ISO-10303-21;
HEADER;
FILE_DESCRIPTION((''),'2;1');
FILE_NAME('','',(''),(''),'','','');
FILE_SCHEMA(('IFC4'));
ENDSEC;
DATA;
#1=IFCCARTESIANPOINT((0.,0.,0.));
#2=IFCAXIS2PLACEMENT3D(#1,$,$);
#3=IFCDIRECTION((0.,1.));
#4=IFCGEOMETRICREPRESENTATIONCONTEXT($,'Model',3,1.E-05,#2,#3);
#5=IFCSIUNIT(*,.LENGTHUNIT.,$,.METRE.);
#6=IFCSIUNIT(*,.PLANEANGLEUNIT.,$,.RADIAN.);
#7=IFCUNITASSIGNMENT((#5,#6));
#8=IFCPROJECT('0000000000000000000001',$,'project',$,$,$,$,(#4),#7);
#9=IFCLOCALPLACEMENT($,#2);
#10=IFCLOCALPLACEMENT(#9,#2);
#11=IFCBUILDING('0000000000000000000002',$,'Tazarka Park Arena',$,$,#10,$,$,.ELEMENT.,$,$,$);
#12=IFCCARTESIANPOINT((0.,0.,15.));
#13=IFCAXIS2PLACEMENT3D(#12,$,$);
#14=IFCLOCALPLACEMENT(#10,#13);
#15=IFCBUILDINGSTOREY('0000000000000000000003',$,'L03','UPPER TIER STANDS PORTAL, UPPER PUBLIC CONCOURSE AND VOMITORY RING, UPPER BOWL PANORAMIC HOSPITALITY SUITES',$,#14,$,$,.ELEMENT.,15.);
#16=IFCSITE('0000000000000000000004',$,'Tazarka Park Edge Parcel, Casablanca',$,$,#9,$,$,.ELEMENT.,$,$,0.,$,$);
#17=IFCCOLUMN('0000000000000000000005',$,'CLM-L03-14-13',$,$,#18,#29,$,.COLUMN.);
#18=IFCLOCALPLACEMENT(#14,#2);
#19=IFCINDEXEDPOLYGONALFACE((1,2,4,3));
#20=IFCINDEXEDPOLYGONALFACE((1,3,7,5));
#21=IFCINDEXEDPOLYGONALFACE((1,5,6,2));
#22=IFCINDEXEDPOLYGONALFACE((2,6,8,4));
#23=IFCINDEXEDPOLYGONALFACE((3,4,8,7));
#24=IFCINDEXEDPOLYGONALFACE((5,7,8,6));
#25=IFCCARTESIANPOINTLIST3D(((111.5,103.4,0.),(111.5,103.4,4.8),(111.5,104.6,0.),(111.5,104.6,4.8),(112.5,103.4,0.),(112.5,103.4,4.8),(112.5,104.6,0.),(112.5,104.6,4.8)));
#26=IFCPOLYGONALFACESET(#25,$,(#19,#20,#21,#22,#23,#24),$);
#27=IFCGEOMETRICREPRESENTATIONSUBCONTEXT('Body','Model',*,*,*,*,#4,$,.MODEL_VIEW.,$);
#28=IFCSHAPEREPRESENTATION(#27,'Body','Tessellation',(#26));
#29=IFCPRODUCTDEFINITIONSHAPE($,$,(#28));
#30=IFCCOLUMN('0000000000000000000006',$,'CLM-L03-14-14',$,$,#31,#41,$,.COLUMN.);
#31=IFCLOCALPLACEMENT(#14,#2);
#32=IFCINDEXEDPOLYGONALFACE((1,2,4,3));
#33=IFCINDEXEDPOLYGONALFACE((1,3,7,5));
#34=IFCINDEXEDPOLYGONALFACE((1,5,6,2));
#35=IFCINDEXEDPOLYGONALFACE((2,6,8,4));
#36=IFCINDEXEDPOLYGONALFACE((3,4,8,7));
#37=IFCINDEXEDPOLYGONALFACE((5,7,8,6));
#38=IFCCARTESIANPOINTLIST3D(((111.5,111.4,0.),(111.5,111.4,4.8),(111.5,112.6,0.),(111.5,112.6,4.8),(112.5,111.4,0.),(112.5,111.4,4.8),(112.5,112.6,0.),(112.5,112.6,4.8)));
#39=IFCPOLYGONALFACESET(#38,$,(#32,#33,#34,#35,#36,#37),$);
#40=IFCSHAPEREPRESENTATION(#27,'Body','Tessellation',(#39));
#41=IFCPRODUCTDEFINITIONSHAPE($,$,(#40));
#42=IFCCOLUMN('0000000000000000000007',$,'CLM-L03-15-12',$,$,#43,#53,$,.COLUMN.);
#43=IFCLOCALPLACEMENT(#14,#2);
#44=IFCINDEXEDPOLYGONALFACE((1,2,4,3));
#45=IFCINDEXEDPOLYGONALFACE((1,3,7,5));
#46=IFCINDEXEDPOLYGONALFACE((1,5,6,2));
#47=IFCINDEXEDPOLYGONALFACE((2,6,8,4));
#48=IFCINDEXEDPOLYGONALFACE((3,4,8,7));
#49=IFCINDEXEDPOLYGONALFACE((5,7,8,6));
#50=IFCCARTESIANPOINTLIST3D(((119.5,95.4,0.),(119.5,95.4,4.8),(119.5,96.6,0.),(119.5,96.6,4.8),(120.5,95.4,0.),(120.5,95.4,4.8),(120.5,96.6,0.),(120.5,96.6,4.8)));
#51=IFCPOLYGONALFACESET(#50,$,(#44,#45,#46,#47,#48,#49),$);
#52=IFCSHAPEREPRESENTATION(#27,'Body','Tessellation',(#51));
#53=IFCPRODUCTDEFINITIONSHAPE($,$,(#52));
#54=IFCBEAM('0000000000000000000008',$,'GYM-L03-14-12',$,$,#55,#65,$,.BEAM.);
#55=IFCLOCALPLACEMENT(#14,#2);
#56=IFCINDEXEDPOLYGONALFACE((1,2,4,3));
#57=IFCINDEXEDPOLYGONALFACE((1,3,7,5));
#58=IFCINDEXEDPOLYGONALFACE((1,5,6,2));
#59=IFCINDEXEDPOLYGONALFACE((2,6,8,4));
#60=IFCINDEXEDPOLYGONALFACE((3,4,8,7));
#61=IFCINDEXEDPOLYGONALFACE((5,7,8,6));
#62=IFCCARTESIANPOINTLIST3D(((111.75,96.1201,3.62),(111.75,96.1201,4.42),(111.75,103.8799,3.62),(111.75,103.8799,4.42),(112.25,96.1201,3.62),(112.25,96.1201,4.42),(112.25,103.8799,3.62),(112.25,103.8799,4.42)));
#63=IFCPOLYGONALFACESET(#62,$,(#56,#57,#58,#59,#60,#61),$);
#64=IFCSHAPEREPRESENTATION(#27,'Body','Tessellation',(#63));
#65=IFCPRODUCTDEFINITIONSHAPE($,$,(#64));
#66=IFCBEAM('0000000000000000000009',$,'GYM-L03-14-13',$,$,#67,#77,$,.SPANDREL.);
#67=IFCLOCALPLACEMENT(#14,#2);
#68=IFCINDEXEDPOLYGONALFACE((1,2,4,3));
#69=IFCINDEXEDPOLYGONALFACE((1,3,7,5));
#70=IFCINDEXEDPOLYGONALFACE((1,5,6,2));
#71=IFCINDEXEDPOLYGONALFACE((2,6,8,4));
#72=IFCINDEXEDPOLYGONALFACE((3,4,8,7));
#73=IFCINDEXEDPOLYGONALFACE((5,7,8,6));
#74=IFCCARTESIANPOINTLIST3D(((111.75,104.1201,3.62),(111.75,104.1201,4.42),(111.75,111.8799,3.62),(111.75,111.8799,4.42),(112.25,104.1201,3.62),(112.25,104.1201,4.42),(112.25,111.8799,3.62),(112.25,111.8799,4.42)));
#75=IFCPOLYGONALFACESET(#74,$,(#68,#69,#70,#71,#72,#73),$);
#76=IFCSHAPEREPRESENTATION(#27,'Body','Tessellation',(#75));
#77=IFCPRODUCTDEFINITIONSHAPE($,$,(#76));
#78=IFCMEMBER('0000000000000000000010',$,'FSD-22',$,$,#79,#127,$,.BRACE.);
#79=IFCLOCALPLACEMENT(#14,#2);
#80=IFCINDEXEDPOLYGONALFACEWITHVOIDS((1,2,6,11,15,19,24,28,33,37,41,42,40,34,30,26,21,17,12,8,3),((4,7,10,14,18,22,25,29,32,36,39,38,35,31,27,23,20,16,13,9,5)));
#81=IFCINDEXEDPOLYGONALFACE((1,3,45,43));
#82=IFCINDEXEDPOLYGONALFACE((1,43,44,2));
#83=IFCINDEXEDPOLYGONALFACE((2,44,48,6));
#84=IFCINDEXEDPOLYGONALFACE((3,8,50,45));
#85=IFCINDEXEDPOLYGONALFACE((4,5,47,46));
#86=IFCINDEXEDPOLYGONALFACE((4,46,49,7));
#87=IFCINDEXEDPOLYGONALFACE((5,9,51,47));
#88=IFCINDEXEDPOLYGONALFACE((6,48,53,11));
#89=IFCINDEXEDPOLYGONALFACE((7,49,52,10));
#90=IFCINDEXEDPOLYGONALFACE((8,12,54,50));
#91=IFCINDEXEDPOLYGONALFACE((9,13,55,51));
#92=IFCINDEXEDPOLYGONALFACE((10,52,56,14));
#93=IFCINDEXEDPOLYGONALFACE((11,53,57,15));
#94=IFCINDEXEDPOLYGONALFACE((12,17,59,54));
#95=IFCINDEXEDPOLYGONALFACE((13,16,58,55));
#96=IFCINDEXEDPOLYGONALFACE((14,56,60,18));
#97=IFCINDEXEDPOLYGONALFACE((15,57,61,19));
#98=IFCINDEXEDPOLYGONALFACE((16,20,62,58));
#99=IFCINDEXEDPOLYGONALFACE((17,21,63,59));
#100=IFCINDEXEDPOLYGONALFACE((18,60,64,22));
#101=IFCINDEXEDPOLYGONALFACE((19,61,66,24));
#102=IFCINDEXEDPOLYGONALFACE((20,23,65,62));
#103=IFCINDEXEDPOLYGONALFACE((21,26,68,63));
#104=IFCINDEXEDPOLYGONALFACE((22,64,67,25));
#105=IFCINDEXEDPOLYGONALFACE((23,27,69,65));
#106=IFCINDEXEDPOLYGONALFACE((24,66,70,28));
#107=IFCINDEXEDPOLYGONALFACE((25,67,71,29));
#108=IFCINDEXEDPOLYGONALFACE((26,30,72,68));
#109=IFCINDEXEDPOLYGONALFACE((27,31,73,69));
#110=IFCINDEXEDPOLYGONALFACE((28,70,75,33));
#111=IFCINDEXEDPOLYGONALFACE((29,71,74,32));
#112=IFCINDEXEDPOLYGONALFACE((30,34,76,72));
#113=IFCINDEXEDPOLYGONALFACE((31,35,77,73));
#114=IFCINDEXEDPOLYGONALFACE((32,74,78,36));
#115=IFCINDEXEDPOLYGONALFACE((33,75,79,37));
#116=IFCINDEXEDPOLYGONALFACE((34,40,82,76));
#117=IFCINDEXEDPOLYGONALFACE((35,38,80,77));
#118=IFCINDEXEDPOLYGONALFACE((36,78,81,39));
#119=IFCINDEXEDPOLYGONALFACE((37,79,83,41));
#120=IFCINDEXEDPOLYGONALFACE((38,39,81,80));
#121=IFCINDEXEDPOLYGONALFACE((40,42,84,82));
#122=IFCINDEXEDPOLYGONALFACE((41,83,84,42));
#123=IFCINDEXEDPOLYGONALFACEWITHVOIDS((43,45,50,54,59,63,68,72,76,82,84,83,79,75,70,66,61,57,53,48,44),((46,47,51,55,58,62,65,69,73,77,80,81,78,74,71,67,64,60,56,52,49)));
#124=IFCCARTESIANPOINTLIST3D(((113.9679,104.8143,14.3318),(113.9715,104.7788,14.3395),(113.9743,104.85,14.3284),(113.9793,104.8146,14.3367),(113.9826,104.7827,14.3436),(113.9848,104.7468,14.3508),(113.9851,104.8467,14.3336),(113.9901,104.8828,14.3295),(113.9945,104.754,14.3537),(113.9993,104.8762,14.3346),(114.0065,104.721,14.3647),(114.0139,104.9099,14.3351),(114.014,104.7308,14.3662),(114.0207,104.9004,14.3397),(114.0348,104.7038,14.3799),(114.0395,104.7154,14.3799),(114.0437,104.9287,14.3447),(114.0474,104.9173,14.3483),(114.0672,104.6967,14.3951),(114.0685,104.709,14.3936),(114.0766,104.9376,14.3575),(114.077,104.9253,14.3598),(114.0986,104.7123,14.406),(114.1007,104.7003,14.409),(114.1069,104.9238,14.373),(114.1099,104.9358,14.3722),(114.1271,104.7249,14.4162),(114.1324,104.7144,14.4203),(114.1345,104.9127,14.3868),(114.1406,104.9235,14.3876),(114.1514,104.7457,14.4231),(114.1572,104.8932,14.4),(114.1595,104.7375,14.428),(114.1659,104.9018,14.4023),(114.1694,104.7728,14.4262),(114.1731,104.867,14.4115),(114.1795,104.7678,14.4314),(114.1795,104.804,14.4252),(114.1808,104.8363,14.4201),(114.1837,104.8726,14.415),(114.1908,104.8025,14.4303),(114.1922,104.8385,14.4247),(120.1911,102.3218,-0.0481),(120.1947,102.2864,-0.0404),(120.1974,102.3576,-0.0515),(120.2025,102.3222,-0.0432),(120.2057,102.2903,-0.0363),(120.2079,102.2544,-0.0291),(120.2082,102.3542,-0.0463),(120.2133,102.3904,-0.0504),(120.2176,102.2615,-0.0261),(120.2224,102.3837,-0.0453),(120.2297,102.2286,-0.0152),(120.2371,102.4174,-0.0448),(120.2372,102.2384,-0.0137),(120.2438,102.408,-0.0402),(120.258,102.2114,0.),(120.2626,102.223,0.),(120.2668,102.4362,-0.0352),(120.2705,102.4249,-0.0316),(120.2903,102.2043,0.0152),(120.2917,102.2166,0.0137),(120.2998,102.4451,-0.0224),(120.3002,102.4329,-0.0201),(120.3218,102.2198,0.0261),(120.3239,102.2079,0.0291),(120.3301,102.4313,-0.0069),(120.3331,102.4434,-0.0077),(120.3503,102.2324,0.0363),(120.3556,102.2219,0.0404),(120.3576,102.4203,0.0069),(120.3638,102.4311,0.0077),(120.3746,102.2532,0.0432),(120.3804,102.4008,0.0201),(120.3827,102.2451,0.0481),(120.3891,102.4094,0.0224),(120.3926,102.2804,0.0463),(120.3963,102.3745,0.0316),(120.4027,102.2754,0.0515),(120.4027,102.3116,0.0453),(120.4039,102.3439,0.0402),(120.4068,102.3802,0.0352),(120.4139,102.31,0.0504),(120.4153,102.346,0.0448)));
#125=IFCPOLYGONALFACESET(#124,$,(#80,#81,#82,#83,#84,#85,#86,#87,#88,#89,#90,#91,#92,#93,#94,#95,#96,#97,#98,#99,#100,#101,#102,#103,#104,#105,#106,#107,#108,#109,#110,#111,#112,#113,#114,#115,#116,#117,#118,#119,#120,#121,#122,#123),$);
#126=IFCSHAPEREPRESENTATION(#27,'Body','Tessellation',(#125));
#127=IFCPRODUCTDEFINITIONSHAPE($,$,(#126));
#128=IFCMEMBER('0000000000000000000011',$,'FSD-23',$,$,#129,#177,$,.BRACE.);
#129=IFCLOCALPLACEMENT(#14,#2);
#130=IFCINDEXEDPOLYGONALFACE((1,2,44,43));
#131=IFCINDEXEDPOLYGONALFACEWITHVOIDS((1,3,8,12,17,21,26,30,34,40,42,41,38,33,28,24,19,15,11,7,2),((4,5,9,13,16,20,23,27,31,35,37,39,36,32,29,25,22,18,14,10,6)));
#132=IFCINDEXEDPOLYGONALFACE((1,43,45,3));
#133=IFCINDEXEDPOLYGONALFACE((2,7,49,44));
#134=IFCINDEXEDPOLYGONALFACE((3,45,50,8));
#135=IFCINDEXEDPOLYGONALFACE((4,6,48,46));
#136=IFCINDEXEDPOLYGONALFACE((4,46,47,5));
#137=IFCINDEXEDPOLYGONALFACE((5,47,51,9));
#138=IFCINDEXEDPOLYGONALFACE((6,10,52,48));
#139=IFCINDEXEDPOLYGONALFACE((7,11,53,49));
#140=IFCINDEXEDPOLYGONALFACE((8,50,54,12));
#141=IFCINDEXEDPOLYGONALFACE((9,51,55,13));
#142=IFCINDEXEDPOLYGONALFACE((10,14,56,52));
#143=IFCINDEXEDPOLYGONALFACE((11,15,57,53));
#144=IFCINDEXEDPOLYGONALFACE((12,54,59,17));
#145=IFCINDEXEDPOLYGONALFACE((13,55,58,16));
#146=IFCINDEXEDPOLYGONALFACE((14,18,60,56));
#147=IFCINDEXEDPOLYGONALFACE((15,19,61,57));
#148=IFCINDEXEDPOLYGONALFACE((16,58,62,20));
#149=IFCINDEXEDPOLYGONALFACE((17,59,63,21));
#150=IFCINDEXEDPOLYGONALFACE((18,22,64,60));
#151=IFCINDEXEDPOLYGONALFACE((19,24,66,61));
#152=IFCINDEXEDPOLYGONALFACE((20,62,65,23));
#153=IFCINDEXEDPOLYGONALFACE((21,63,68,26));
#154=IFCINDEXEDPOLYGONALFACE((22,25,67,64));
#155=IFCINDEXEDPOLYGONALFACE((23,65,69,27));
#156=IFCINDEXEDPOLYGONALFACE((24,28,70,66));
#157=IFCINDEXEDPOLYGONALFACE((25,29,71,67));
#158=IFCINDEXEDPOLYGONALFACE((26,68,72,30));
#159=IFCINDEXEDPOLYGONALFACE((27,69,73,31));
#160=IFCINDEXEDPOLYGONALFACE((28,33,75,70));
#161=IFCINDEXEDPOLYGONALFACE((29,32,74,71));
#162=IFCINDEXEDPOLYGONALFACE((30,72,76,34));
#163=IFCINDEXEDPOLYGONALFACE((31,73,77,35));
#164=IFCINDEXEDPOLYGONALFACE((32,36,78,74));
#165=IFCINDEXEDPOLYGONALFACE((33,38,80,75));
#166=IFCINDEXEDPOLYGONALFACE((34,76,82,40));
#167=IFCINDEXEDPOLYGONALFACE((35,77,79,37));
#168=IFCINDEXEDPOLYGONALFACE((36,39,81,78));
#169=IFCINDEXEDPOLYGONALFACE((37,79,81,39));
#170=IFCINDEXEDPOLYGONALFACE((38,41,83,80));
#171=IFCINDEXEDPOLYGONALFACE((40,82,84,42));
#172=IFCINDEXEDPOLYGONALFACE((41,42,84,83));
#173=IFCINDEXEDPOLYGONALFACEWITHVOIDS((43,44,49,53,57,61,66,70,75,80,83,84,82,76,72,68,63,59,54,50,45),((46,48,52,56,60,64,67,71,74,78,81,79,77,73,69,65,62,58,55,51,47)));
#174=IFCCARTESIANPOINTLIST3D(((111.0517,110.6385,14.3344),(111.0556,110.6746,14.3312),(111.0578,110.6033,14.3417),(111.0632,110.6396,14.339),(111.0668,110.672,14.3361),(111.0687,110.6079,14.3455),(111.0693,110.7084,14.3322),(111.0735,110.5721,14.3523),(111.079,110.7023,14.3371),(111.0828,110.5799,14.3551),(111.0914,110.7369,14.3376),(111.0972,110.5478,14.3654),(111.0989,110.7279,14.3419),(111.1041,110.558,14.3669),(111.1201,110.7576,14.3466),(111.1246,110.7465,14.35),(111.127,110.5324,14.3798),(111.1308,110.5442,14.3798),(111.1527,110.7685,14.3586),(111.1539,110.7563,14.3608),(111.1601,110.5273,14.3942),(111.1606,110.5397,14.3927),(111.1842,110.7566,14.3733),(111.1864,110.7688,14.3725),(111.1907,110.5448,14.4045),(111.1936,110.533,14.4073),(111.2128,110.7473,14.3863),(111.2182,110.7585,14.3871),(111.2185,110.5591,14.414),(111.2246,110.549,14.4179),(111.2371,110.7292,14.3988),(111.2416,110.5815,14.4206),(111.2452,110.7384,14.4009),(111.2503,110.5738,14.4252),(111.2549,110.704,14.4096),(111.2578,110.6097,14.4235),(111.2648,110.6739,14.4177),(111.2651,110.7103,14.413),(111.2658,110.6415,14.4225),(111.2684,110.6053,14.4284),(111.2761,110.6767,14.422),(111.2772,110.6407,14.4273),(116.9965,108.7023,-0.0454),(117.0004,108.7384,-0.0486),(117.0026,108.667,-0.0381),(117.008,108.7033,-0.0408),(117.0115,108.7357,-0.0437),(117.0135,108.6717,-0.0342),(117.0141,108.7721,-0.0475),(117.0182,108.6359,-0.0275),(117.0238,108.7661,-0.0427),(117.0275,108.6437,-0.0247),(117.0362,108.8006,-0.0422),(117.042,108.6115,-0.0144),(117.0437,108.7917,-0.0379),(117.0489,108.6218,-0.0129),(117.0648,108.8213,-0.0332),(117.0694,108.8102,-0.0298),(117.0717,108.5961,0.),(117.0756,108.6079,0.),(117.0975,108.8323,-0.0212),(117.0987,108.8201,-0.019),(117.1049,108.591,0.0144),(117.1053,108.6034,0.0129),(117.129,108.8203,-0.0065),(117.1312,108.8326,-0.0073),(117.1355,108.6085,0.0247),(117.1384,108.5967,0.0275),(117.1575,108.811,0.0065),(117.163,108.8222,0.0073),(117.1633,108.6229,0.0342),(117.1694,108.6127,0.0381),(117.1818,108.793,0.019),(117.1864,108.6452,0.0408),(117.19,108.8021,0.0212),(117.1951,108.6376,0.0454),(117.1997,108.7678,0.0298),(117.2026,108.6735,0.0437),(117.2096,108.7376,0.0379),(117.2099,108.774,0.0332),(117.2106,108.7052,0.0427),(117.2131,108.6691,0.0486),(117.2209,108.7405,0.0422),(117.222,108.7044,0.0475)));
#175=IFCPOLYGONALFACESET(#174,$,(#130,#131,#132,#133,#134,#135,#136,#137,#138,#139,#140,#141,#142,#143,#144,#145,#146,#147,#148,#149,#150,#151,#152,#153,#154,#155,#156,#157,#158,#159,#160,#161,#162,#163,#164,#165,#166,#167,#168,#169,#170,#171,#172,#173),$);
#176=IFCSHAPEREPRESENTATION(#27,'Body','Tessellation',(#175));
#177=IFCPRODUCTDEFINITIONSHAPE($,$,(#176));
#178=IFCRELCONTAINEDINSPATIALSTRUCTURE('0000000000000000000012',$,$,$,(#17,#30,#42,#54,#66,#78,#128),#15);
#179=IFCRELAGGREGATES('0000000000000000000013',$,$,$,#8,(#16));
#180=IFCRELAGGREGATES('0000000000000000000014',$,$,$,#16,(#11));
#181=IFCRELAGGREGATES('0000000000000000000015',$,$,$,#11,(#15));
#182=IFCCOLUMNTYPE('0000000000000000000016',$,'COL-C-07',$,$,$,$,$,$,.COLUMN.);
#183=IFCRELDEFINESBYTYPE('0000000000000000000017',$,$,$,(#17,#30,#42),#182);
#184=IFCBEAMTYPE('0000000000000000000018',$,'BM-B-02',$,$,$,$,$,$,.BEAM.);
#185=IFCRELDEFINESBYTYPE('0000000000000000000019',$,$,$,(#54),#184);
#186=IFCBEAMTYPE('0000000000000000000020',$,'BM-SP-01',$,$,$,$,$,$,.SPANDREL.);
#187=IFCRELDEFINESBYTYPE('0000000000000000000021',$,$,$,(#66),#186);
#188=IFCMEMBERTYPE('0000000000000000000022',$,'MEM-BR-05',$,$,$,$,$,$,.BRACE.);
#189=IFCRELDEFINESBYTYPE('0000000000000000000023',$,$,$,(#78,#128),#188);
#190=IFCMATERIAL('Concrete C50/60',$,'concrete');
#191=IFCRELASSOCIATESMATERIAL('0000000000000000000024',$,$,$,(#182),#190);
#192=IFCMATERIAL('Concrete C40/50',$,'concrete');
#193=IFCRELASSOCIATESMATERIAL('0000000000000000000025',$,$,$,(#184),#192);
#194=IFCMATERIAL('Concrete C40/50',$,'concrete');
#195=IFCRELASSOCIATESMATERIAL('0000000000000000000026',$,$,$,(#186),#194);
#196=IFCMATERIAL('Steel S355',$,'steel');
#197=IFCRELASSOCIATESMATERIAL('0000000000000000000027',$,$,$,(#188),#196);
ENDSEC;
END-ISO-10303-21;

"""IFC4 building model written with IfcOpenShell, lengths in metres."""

from ifc_helpers import new_model, si_unit, direction, frame, origin, origin_2d, place, context, subcontext, project, spatial, rectangle, hollow_circle, extrude, material, material_profile, profile_set, type_object, element, save


model = new_model("IFC4")

# Units and contexts
model_context = context("Model", 3, precision=1e-05, world=origin(), true_north=direction((0.0, 1.0)))
body_context = subcontext(model_context, "Body", "Model", "MODEL_VIEW")
ifc_project = project(units=[si_unit("LENGTHUNIT", "METRE"), si_unit("PLANEANGLEUNIT", "RADIAN")], contexts=[model_context])

# Site, building, storey
site_placement = place(None, origin())
site = spatial("IfcSite", under=ifc_project, at=site_placement, Name="Tazarka Park Edge Parcel, Casablanca", CompositionType="ELEMENT", RefElevation=0.0)
building_placement = place(site_placement, origin())
building = spatial("IfcBuilding", under=site, at=building_placement, Name="Tazarka Park Arena", CompositionType="ELEMENT")
storey_placement = place(building_placement, frame((0.0, 0.0, 15.0)))
storey = spatial("IfcBuildingStorey", under=building, at=storey_placement, Name="L03", Description="UPPER TIER STANDS PORTAL, UPPER PUBLIC CONCOURSE AND VOMITORY RING, UPPER BOWL PANORAMIC HOSPITALITY SUITES", CompositionType="ELEMENT", Elevation=15.0)

# Columns
ifc_material_1 = material(Name="Concrete C50/60", Category="concrete")
ifc_material_profile_1 = material_profile(ifc_material_1, rectangle(XDim=1.0, YDim=1.2, at=origin_2d()), Name="Concrete C50/60")
ifc_profile_set_1 = profile_set([ifc_material_profile_1], Name="Concrete C50/60")
column_type = type_object("IfcColumnType", Name="COL-C-07", PredefinedType="COLUMN", material=ifc_profile_set_1)
for number, where, z_axis, x_axis, name in (
    (1, (112.0, 104.0, 0.0), (0.0, 0.0, 1.0), (1.0, 0.0, 0.0), "CLM-L03-14-13"),
    (2, (112.0, 112.0, 0.0), (0.0, 0.0, 1.0), (1.0, 0.0, 0.0), "CLM-L03-14-14"),
    (3, (120.0, 96.0, 0.0), (0.0, 0.0, 1.0), (1.0, 0.0, 0.0), "CLM-L03-15-12"),
):
    element("IfcColumn", number, at=place(storey_placement, frame(where, z_axis=z_axis, x_axis=x_axis)), inside=storey, type_object=column_type, Name=name, PredefinedType="COLUMN", context=body_context, shape_type="SweptSolid", body=[
        extrude(rectangle(XDim=1.0, YDim=1.2, at=origin_2d()), origin(), (0.0, 0.0, 1.0), 4.8),
    ])

# Beams
ifc_material_2 = material(Name="Concrete C40/50", Category="concrete")
ifc_material_profile_2 = material_profile(ifc_material_2, rectangle(XDim=0.5, YDim=0.8, at=origin_2d()), Name="Concrete C40/50")
ifc_profile_set_2 = profile_set([ifc_material_profile_2], Name="Concrete C40/50")
beam_type_1 = type_object("IfcBeamType", Name="BM-B-02", PredefinedType="BEAM", material=ifc_profile_set_2)
beam_1_placement = place(storey_placement, frame((112.0, 96.1201, 4.02), z_axis=(0.0, 1.0, 0.0), x_axis=(-1.0, 0.0, 0.0)))
element("IfcBeam", 4, at=beam_1_placement, inside=storey, type_object=beam_type_1, Name="GYM-L03-14-12", PredefinedType="BEAM", context=body_context, shape_type="SweptSolid", body=[
    extrude(rectangle(XDim=0.5, YDim=0.8, at=origin_2d()), origin(), (0.0, 0.0, 1.0), 7.7598),
])
ifc_material_3 = material(Name="Concrete C40/50", Category="concrete")
ifc_material_profile_3 = material_profile(ifc_material_3, rectangle(XDim=0.5, YDim=0.8, at=origin_2d()), Name="Concrete C40/50")
ifc_profile_set_3 = profile_set([ifc_material_profile_3], Name="Concrete C40/50")
beam_type_2 = type_object("IfcBeamType", Name="BM-SP-01", PredefinedType="SPANDREL", material=ifc_profile_set_3)
beam_2_placement = place(storey_placement, frame((112.0, 104.1201, 4.02), z_axis=(0.0, 1.0, 0.0), x_axis=(-1.0, 0.0, 0.0)))
element("IfcBeam", 5, at=beam_2_placement, inside=storey, type_object=beam_type_2, Name="GYM-L03-14-13", PredefinedType="SPANDREL", context=body_context, shape_type="SweptSolid", body=[
    extrude(rectangle(XDim=0.5, YDim=0.8, at=origin_2d()), origin(), (0.0, 0.0, 1.0), 7.7598),
])

# Members
ifc_material_4 = material(Name="Steel S355", Category="steel")
ifc_material_profile_4 = material_profile(ifc_material_4, hollow_circle(Radius=0.1223, WallThickness=0.0125, at=origin_2d()), Name="Steel S355")
ifc_profile_set_4 = profile_set([ifc_material_profile_4], Name="Steel S355")
member_type_1 = type_object("IfcMemberType", Name="MEM-BR-05", PredefinedType="BRACE", material=ifc_profile_set_4)
member_1_placement = place(storey_placement, frame((120.3035, 102.325, 0.0), z_axis=(-0.392239, 0.157095, 0.90635), x_axis=(-0.371799, -0.928313, 0.0)))
element("IfcMember", 6, at=member_1_placement, inside=storey, type_object=member_type_1, Name="FSD-22", PredefinedType="BRACE", context=body_context, shape_type="SweptSolid", body=[
    extrude(hollow_circle(Radius=0.1223, WallThickness=0.0125, at=origin_2d()), origin(), (0.0, 0.0, 1.0), 15.8657),
])
member_2_placement = place(storey_placement, frame((117.1096, 108.7124, 0.0), z_axis=(-0.379127, 0.123485, 0.917068), x_axis=(-0.309695, -0.950836, 0.0)))
element("IfcMember", 7, at=member_2_placement, inside=storey, type_object=member_type_1, Name="FSD-23", PredefinedType="BRACE", context=body_context, shape_type="SweptSolid", body=[
    extrude(hollow_circle(Radius=0.1223, WallThickness=0.0125, at=origin_2d()), origin(), (0.0, 0.0, 1.0), 15.6802),
])

save(model, "model.ifc")
